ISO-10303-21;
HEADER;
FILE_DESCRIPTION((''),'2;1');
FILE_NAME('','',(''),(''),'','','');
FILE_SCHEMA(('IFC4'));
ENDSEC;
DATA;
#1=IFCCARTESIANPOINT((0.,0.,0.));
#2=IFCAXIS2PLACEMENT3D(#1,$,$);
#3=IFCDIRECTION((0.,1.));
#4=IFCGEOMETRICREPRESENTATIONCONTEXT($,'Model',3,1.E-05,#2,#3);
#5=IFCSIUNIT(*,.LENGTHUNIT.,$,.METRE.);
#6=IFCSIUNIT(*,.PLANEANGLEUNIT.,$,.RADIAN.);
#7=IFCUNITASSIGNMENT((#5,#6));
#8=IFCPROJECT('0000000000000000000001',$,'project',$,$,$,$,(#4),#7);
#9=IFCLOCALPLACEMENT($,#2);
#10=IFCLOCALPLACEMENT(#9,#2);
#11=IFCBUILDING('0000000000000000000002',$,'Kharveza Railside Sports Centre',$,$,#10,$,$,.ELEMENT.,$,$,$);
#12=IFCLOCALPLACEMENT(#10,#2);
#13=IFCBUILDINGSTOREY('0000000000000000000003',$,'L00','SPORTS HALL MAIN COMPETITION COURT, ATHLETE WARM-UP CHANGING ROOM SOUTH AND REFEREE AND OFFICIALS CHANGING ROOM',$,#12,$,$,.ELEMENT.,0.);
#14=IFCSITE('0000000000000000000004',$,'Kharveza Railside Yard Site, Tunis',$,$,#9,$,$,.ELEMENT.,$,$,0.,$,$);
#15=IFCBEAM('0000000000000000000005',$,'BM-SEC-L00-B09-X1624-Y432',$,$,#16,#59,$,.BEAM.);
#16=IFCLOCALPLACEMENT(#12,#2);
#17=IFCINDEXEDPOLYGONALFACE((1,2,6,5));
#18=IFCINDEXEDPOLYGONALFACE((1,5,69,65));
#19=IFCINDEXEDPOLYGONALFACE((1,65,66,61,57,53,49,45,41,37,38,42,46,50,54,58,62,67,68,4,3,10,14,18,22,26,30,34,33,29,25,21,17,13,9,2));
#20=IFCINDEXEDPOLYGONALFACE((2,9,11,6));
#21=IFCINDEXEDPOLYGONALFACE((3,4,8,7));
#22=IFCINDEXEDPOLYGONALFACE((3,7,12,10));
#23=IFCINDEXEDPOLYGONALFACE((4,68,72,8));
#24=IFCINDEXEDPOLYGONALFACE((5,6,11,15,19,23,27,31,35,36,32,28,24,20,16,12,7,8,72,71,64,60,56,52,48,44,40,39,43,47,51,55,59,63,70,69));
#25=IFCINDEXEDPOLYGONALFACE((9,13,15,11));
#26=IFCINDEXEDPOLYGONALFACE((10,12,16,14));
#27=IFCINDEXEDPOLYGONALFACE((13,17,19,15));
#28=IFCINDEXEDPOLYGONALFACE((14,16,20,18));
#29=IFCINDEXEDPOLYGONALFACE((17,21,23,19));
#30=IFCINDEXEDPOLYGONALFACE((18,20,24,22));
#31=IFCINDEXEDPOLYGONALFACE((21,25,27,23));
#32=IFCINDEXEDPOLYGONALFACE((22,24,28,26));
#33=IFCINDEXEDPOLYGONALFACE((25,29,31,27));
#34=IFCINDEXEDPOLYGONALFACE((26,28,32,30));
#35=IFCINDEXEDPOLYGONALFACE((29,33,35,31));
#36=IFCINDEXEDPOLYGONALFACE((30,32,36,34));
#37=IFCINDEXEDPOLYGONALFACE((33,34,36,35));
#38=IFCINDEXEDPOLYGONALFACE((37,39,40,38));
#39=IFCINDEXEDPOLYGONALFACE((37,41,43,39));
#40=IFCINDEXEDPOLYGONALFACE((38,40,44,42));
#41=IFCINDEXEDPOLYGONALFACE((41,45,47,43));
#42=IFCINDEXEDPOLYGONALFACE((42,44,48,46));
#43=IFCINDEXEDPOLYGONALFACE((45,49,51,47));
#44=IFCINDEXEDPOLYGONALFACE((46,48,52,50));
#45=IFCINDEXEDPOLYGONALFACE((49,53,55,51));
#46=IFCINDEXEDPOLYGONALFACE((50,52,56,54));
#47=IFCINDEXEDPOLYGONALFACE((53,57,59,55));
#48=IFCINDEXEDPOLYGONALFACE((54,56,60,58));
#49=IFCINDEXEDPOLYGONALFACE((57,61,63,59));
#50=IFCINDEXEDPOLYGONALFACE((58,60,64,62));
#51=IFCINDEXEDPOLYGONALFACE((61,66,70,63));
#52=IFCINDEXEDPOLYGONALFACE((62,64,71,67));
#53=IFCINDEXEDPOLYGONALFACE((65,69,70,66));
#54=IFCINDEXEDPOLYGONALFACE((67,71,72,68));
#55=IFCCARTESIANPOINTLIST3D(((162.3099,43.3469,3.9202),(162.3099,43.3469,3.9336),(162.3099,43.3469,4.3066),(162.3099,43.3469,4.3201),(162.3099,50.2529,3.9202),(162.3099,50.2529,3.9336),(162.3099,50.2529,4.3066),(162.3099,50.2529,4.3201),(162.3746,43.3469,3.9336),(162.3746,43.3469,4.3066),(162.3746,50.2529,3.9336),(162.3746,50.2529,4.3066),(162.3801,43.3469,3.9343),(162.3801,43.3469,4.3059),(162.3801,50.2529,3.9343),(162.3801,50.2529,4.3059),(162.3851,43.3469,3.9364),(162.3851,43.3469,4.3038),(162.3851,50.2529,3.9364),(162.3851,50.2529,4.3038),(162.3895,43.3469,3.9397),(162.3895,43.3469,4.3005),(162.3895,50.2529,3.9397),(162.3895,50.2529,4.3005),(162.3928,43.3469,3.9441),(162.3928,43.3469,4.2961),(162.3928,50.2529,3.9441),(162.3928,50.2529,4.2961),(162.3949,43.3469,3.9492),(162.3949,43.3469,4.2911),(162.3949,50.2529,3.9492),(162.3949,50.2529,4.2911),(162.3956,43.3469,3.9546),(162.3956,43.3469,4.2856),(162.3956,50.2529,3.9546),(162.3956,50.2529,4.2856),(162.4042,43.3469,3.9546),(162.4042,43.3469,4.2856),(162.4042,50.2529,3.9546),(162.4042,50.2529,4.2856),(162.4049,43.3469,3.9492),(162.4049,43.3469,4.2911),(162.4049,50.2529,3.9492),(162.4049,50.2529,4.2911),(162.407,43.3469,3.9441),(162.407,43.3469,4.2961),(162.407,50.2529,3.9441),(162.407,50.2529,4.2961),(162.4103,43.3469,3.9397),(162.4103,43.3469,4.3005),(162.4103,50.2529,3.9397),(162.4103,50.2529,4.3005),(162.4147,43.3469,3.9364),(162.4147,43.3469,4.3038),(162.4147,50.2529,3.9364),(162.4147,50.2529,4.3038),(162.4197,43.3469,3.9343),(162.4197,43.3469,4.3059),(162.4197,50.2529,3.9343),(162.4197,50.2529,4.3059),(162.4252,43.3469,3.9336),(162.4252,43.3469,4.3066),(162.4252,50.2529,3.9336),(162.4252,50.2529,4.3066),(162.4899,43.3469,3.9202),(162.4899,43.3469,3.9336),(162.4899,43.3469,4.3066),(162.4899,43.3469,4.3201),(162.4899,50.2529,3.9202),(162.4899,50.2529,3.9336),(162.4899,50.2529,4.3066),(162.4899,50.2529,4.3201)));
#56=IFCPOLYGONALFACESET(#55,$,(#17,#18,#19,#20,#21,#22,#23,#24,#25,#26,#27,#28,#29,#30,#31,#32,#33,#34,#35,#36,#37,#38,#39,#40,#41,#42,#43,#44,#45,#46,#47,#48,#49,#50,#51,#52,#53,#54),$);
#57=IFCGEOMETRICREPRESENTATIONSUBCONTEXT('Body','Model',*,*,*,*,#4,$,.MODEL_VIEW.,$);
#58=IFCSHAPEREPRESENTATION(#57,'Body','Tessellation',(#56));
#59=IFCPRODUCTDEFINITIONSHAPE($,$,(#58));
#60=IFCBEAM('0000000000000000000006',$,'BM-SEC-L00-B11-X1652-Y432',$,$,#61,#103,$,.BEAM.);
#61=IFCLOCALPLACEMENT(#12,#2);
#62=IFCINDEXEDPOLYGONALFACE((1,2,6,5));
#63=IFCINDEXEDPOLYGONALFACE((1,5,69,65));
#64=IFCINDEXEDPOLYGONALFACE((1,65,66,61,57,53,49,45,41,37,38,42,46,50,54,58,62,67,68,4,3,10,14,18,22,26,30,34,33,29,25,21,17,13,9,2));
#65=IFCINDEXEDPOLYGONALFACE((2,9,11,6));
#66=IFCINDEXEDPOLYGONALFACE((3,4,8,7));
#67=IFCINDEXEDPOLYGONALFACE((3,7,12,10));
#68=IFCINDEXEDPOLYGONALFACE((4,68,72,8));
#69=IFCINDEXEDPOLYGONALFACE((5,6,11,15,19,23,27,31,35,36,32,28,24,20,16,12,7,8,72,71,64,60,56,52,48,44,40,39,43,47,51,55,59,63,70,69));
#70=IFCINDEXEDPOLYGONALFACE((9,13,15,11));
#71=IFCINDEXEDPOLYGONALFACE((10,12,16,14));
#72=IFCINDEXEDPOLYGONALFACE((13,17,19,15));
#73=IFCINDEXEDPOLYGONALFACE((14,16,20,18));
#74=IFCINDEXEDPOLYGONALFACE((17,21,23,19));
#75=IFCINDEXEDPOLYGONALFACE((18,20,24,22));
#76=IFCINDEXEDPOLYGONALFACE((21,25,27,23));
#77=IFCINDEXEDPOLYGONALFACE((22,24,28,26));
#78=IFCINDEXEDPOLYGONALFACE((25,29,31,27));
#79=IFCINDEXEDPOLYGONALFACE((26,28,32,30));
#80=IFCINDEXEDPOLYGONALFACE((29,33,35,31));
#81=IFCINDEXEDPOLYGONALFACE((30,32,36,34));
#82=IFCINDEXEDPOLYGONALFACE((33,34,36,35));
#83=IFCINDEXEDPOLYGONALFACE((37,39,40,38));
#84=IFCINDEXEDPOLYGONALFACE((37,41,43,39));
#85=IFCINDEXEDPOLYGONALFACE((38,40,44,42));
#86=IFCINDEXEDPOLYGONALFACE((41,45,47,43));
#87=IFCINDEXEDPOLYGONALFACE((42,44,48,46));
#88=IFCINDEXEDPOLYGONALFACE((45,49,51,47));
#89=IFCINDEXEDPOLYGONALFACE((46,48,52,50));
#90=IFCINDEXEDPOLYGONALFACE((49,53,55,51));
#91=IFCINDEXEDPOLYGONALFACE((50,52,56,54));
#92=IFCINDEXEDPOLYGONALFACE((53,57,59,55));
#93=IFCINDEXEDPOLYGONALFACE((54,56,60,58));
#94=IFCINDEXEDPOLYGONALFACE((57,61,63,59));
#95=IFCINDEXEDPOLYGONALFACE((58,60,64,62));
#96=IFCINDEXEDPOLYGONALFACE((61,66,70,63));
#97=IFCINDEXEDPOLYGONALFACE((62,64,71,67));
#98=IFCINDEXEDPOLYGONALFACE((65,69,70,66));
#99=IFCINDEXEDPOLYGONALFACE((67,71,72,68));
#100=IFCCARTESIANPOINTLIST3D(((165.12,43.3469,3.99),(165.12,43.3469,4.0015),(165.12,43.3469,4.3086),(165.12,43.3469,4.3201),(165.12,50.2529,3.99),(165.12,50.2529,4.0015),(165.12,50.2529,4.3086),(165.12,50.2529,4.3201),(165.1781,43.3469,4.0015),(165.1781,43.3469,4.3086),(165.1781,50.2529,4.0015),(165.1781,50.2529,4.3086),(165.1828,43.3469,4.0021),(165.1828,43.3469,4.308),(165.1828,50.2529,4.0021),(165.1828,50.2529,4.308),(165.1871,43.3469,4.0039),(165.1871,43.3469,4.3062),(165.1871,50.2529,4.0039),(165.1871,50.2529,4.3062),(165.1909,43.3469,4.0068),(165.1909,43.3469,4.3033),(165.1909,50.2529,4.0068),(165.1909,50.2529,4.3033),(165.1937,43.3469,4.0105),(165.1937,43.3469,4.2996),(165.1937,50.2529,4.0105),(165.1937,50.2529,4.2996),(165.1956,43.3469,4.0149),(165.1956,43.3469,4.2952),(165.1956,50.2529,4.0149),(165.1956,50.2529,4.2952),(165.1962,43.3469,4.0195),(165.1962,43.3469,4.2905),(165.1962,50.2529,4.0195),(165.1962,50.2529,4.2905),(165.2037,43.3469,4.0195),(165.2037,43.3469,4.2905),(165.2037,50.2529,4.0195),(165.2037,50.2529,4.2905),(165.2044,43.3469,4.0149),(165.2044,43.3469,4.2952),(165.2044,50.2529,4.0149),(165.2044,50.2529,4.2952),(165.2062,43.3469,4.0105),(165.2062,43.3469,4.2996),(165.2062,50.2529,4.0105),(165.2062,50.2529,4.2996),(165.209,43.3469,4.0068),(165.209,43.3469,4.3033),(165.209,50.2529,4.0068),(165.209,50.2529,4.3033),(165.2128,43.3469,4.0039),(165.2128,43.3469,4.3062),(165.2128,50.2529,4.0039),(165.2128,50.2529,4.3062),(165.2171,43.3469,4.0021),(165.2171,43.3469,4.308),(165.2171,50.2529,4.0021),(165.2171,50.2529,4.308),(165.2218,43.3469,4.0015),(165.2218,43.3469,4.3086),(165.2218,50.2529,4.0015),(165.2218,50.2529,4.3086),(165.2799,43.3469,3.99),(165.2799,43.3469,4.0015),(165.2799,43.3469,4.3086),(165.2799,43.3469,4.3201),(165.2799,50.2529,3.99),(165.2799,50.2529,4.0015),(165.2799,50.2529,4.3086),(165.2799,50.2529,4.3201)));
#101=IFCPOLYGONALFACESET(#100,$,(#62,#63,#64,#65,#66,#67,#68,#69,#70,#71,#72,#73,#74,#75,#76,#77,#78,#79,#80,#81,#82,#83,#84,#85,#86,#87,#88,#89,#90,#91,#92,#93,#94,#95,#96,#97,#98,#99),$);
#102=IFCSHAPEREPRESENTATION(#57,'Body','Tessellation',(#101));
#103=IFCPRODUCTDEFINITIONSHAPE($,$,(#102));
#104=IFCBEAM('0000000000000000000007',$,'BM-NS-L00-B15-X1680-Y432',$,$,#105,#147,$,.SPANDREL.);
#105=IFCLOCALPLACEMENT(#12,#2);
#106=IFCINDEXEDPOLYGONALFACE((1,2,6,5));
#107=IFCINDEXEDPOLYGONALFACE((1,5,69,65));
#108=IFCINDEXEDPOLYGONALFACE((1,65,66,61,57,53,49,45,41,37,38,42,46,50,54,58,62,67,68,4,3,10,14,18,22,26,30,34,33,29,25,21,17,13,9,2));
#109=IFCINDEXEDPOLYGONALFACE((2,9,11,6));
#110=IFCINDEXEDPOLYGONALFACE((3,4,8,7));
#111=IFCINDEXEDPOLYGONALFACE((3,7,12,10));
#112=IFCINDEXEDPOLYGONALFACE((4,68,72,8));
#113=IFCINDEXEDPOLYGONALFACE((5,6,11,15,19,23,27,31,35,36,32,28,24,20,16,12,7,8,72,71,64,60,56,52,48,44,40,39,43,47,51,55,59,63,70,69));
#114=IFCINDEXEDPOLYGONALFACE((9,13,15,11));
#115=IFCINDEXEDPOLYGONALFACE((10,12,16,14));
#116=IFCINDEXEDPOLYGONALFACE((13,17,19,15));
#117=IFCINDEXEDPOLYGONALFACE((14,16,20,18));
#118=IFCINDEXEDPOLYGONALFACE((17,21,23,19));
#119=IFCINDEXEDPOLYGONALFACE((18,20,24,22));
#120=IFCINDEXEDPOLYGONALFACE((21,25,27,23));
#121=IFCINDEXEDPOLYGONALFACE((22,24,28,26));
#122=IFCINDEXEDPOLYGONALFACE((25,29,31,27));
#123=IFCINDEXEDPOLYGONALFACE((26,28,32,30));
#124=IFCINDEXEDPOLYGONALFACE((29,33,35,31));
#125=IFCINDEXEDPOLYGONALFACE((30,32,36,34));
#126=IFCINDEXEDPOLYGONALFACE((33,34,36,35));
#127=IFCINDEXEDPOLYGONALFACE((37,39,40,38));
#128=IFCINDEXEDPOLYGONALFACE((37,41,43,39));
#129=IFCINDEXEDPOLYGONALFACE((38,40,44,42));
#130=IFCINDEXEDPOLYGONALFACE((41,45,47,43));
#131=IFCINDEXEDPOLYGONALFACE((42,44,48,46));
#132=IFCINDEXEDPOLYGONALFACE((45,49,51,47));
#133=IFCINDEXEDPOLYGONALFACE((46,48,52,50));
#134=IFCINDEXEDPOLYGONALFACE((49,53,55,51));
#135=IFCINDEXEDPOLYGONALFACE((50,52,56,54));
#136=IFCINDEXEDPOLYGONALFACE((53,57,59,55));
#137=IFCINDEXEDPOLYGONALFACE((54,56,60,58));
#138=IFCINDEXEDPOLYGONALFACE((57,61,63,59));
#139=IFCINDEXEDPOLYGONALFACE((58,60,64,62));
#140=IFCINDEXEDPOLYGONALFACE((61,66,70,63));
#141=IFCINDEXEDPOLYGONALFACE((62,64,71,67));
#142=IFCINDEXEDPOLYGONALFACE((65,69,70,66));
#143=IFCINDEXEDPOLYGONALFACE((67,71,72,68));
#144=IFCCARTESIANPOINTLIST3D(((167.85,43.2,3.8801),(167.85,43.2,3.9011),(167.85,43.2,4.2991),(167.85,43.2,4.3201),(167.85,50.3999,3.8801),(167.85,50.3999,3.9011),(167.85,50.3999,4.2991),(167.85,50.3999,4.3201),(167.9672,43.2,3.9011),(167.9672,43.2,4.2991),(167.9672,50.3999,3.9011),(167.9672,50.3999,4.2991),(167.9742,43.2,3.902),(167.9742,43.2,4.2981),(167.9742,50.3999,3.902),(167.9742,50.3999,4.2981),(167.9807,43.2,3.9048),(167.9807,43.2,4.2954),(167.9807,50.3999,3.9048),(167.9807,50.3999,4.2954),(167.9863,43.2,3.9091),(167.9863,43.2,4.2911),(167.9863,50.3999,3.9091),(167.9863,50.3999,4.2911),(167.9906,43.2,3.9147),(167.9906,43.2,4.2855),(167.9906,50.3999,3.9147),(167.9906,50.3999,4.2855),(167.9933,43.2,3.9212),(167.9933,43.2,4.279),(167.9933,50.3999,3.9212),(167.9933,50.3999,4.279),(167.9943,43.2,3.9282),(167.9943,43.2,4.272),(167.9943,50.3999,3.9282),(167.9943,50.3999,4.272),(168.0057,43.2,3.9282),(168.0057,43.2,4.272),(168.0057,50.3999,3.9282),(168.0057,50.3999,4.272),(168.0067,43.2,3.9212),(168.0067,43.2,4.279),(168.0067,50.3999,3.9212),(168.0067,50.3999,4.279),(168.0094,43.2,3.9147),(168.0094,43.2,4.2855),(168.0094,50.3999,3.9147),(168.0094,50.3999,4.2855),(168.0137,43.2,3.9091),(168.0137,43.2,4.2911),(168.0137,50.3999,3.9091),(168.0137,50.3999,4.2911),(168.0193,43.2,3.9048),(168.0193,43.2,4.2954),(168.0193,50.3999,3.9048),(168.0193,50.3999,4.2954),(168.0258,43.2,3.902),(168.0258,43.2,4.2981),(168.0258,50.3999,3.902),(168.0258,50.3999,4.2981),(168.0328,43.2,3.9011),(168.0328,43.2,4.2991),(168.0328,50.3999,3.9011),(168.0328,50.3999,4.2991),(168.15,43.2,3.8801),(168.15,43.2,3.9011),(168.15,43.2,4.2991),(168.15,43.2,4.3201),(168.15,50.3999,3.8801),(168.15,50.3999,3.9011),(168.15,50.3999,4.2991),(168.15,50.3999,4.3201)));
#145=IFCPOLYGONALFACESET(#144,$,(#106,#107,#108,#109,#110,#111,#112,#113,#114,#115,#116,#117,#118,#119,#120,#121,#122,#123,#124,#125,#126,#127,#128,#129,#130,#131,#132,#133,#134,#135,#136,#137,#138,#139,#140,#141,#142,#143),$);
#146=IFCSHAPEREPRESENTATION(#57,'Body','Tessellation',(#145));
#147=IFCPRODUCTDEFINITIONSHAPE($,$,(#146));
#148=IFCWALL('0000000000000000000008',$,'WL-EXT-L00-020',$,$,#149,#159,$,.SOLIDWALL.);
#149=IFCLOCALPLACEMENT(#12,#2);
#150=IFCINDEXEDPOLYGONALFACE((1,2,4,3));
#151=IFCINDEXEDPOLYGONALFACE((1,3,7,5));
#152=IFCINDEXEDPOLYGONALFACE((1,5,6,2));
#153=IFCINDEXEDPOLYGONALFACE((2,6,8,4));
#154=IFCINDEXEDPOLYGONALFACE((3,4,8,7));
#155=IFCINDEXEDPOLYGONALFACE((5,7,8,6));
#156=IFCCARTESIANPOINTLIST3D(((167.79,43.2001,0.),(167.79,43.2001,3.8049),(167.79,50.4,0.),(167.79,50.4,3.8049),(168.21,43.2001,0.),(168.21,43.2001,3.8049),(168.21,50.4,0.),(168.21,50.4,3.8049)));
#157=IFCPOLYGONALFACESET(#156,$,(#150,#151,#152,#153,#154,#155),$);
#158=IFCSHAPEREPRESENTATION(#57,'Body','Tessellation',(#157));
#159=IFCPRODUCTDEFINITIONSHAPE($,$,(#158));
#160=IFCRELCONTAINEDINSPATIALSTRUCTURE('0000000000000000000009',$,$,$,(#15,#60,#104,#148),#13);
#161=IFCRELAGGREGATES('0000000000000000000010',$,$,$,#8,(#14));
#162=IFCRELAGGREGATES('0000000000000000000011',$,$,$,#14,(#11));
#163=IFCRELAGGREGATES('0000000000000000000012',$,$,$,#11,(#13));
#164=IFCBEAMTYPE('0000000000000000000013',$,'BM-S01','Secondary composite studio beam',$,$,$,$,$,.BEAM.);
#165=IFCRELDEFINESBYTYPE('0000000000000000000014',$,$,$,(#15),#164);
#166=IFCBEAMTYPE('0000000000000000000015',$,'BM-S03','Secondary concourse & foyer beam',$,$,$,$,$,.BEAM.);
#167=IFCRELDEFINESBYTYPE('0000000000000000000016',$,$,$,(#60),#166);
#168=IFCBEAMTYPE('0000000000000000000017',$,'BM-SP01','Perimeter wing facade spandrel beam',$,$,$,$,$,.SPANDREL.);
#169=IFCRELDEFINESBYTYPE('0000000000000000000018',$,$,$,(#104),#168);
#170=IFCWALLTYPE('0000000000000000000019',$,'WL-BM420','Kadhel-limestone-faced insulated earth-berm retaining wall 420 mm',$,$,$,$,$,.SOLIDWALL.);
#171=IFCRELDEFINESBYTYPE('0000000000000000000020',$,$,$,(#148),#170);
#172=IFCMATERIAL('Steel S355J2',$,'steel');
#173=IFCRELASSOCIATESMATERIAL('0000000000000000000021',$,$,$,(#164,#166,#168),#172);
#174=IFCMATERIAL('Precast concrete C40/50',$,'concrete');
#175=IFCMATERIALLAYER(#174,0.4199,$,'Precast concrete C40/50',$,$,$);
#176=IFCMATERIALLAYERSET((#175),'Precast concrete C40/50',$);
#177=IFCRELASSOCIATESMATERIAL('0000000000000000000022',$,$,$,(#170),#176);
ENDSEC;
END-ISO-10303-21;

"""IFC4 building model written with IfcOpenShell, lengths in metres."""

from ifc_helpers import new_model, si_unit, direction, frame, frame_2d, origin, origin_2d, place, context, subcontext, project, spatial, rectangle, i_section, extrude, material, layer, layer_set, material_profile, profile_set, type_object, element, save


model = new_model("IFC4")

# Units and contexts
model_context = context("Model", 3, precision=1e-05, world=origin(), true_north=direction((0.0, 1.0)))
body_context = subcontext(model_context, "Body", "Model", "MODEL_VIEW")
ifc_project = project(units=[si_unit("LENGTHUNIT", "METRE"), si_unit("PLANEANGLEUNIT", "RADIAN")], contexts=[model_context])

# Site, building, storey
site_placement = place(None, origin())
site = spatial("IfcSite", under=ifc_project, at=site_placement, Name="Kharveza Railside Yard Site, Tunis", CompositionType="ELEMENT", RefElevation=0.0)
building_placement = place(site_placement, origin())
building = spatial("IfcBuilding", under=site, at=building_placement, Name="Kharveza Railside Sports Centre", CompositionType="ELEMENT")
storey_placement = place(building_placement, origin())
storey = spatial("IfcBuildingStorey", under=building, at=storey_placement, Name="L00", Description="SPORTS HALL MAIN COMPETITION COURT, ATHLETE WARM-UP CHANGING ROOM SOUTH AND REFEREE AND OFFICIALS CHANGING ROOM", CompositionType="ELEMENT", Elevation=0.0)

# Shared definitions
ifc_material_1 = material(Name="Steel S355J2", Category="steel")

# Beams
ifc_material_profile_1 = material_profile(ifc_material_1, i_section(OverallWidth=0.1799, OverallDepth=0.3999, WebThickness=0.0085, FlangeThickness=0.0134, FilletRadius=0.021, at=origin_2d()), Name="IPE 400")
ifc_profile_set_1 = profile_set([ifc_material_profile_1], Name="Steel S355J2")
beam_type_1 = type_object("IfcBeamType", Name="BM-S01", Description="Secondary composite studio beam", PredefinedType="BEAM", material=ifc_profile_set_1)
beam_1_placement = place(storey_placement, frame((162.3999, 43.3469, 4.1201), z_axis=(0.0, 1.0, 0.0), x_axis=(-1.0, 0.0, 0.0)))
element("IfcBeam", 1, at=beam_1_placement, inside=storey, type_object=beam_type_1, Name="BM-SEC-L00-B09-X1624-Y432", PredefinedType="BEAM", context=body_context, shape_type="SweptSolid", body=[
    extrude(i_section(OverallWidth=0.1799, OverallDepth=0.3999, WebThickness=0.0085, FlangeThickness=0.0134, FilletRadius=0.021, at=origin_2d()), origin(), (0.0, 0.0, 1.0), 6.906),
])
ifc_material_profile_2 = material_profile(ifc_material_1, i_section(OverallWidth=0.1599, OverallDepth=0.3301, WebThickness=0.0076, FlangeThickness=0.0115, FilletRadius=0.0181, at=origin_2d()), Name="IPE 330")
ifc_profile_set_2 = profile_set([ifc_material_profile_2], Name="Steel S355J2")
beam_type_2 = type_object("IfcBeamType", Name="BM-S03", Description="Secondary concourse & foyer beam", PredefinedType="BEAM", material=ifc_profile_set_2)
beam_2_placement = place(storey_placement, frame((165.2, 43.3469, 4.155), z_axis=(0.0, 1.0, 0.0), x_axis=(-1.0, 0.0, 0.0)))
element("IfcBeam", 2, at=beam_2_placement, inside=storey, type_object=beam_type_2, Name="BM-SEC-L00-B11-X1652-Y432", PredefinedType="BEAM", context=body_context, shape_type="SweptSolid", body=[
    extrude(i_section(OverallWidth=0.1599, OverallDepth=0.3301, WebThickness=0.0076, FlangeThickness=0.0115, FilletRadius=0.0181, at=origin_2d()), origin(), (0.0, 0.0, 1.0), 6.906),
])
ifc_material_profile_3 = material_profile(ifc_material_1, i_section(OverallWidth=0.3, OverallDepth=0.4399, WebThickness=0.0115, FlangeThickness=0.021, FilletRadius=0.0271, at=origin_2d()), Name="HEA 450")
ifc_profile_set_3 = profile_set([ifc_material_profile_3], Name="Steel S355J2")
beam_type_3 = type_object("IfcBeamType", Name="BM-SP01", Description="Perimeter wing facade spandrel beam", PredefinedType="SPANDREL", material=ifc_profile_set_3)
beam_3_placement = place(storey_placement, frame((168.0, 43.2, 4.1001), z_axis=(0.0, 1.0, 0.0), x_axis=(-1.0, 0.0, 0.0)))
element("IfcBeam", 3, at=beam_3_placement, inside=storey, type_object=beam_type_3, Name="BM-NS-L00-B15-X1680-Y432", PredefinedType="SPANDREL", context=body_context, shape_type="SweptSolid", body=[
    extrude(i_section(OverallWidth=0.3, OverallDepth=0.4399, WebThickness=0.0115, FlangeThickness=0.021, FilletRadius=0.0271, at=origin_2d()), origin(), (0.0, 0.0, 1.0), 7.2),
])

# Wall
ifc_material_2 = material(Name="Precast concrete C40/50", Category="concrete")
ifc_layer = layer(ifc_material_2, 0.4199, Name="Precast concrete C40/50")
ifc_layer_set = layer_set([ifc_layer], Name="Precast concrete C40/50")
wall_type = type_object("IfcWallType", Name="WL-BM420", Description="Kadhel-limestone-faced insulated earth-berm retaining wall 420 mm", PredefinedType="SOLIDWALL", material=ifc_layer_set)
wall_placement = place(storey_placement, frame((168.0, 43.2, 0.0), z_axis=(0.0, 0.0, 1.0), x_axis=(0.0, 1.0, 0.0)))
element("IfcWall", 4, at=wall_placement, inside=storey, type_object=wall_type, Name="WL-EXT-L00-020", PredefinedType="SOLIDWALL", context=body_context, shape_type="SweptSolid", body=[
    extrude(rectangle(XDim=7.2, YDim=0.4199, at=frame_2d((3.6001, 0.0))), origin(), (0.0, 0.0, 1.0), 3.8049),
])

save(model, "model.ifc")
